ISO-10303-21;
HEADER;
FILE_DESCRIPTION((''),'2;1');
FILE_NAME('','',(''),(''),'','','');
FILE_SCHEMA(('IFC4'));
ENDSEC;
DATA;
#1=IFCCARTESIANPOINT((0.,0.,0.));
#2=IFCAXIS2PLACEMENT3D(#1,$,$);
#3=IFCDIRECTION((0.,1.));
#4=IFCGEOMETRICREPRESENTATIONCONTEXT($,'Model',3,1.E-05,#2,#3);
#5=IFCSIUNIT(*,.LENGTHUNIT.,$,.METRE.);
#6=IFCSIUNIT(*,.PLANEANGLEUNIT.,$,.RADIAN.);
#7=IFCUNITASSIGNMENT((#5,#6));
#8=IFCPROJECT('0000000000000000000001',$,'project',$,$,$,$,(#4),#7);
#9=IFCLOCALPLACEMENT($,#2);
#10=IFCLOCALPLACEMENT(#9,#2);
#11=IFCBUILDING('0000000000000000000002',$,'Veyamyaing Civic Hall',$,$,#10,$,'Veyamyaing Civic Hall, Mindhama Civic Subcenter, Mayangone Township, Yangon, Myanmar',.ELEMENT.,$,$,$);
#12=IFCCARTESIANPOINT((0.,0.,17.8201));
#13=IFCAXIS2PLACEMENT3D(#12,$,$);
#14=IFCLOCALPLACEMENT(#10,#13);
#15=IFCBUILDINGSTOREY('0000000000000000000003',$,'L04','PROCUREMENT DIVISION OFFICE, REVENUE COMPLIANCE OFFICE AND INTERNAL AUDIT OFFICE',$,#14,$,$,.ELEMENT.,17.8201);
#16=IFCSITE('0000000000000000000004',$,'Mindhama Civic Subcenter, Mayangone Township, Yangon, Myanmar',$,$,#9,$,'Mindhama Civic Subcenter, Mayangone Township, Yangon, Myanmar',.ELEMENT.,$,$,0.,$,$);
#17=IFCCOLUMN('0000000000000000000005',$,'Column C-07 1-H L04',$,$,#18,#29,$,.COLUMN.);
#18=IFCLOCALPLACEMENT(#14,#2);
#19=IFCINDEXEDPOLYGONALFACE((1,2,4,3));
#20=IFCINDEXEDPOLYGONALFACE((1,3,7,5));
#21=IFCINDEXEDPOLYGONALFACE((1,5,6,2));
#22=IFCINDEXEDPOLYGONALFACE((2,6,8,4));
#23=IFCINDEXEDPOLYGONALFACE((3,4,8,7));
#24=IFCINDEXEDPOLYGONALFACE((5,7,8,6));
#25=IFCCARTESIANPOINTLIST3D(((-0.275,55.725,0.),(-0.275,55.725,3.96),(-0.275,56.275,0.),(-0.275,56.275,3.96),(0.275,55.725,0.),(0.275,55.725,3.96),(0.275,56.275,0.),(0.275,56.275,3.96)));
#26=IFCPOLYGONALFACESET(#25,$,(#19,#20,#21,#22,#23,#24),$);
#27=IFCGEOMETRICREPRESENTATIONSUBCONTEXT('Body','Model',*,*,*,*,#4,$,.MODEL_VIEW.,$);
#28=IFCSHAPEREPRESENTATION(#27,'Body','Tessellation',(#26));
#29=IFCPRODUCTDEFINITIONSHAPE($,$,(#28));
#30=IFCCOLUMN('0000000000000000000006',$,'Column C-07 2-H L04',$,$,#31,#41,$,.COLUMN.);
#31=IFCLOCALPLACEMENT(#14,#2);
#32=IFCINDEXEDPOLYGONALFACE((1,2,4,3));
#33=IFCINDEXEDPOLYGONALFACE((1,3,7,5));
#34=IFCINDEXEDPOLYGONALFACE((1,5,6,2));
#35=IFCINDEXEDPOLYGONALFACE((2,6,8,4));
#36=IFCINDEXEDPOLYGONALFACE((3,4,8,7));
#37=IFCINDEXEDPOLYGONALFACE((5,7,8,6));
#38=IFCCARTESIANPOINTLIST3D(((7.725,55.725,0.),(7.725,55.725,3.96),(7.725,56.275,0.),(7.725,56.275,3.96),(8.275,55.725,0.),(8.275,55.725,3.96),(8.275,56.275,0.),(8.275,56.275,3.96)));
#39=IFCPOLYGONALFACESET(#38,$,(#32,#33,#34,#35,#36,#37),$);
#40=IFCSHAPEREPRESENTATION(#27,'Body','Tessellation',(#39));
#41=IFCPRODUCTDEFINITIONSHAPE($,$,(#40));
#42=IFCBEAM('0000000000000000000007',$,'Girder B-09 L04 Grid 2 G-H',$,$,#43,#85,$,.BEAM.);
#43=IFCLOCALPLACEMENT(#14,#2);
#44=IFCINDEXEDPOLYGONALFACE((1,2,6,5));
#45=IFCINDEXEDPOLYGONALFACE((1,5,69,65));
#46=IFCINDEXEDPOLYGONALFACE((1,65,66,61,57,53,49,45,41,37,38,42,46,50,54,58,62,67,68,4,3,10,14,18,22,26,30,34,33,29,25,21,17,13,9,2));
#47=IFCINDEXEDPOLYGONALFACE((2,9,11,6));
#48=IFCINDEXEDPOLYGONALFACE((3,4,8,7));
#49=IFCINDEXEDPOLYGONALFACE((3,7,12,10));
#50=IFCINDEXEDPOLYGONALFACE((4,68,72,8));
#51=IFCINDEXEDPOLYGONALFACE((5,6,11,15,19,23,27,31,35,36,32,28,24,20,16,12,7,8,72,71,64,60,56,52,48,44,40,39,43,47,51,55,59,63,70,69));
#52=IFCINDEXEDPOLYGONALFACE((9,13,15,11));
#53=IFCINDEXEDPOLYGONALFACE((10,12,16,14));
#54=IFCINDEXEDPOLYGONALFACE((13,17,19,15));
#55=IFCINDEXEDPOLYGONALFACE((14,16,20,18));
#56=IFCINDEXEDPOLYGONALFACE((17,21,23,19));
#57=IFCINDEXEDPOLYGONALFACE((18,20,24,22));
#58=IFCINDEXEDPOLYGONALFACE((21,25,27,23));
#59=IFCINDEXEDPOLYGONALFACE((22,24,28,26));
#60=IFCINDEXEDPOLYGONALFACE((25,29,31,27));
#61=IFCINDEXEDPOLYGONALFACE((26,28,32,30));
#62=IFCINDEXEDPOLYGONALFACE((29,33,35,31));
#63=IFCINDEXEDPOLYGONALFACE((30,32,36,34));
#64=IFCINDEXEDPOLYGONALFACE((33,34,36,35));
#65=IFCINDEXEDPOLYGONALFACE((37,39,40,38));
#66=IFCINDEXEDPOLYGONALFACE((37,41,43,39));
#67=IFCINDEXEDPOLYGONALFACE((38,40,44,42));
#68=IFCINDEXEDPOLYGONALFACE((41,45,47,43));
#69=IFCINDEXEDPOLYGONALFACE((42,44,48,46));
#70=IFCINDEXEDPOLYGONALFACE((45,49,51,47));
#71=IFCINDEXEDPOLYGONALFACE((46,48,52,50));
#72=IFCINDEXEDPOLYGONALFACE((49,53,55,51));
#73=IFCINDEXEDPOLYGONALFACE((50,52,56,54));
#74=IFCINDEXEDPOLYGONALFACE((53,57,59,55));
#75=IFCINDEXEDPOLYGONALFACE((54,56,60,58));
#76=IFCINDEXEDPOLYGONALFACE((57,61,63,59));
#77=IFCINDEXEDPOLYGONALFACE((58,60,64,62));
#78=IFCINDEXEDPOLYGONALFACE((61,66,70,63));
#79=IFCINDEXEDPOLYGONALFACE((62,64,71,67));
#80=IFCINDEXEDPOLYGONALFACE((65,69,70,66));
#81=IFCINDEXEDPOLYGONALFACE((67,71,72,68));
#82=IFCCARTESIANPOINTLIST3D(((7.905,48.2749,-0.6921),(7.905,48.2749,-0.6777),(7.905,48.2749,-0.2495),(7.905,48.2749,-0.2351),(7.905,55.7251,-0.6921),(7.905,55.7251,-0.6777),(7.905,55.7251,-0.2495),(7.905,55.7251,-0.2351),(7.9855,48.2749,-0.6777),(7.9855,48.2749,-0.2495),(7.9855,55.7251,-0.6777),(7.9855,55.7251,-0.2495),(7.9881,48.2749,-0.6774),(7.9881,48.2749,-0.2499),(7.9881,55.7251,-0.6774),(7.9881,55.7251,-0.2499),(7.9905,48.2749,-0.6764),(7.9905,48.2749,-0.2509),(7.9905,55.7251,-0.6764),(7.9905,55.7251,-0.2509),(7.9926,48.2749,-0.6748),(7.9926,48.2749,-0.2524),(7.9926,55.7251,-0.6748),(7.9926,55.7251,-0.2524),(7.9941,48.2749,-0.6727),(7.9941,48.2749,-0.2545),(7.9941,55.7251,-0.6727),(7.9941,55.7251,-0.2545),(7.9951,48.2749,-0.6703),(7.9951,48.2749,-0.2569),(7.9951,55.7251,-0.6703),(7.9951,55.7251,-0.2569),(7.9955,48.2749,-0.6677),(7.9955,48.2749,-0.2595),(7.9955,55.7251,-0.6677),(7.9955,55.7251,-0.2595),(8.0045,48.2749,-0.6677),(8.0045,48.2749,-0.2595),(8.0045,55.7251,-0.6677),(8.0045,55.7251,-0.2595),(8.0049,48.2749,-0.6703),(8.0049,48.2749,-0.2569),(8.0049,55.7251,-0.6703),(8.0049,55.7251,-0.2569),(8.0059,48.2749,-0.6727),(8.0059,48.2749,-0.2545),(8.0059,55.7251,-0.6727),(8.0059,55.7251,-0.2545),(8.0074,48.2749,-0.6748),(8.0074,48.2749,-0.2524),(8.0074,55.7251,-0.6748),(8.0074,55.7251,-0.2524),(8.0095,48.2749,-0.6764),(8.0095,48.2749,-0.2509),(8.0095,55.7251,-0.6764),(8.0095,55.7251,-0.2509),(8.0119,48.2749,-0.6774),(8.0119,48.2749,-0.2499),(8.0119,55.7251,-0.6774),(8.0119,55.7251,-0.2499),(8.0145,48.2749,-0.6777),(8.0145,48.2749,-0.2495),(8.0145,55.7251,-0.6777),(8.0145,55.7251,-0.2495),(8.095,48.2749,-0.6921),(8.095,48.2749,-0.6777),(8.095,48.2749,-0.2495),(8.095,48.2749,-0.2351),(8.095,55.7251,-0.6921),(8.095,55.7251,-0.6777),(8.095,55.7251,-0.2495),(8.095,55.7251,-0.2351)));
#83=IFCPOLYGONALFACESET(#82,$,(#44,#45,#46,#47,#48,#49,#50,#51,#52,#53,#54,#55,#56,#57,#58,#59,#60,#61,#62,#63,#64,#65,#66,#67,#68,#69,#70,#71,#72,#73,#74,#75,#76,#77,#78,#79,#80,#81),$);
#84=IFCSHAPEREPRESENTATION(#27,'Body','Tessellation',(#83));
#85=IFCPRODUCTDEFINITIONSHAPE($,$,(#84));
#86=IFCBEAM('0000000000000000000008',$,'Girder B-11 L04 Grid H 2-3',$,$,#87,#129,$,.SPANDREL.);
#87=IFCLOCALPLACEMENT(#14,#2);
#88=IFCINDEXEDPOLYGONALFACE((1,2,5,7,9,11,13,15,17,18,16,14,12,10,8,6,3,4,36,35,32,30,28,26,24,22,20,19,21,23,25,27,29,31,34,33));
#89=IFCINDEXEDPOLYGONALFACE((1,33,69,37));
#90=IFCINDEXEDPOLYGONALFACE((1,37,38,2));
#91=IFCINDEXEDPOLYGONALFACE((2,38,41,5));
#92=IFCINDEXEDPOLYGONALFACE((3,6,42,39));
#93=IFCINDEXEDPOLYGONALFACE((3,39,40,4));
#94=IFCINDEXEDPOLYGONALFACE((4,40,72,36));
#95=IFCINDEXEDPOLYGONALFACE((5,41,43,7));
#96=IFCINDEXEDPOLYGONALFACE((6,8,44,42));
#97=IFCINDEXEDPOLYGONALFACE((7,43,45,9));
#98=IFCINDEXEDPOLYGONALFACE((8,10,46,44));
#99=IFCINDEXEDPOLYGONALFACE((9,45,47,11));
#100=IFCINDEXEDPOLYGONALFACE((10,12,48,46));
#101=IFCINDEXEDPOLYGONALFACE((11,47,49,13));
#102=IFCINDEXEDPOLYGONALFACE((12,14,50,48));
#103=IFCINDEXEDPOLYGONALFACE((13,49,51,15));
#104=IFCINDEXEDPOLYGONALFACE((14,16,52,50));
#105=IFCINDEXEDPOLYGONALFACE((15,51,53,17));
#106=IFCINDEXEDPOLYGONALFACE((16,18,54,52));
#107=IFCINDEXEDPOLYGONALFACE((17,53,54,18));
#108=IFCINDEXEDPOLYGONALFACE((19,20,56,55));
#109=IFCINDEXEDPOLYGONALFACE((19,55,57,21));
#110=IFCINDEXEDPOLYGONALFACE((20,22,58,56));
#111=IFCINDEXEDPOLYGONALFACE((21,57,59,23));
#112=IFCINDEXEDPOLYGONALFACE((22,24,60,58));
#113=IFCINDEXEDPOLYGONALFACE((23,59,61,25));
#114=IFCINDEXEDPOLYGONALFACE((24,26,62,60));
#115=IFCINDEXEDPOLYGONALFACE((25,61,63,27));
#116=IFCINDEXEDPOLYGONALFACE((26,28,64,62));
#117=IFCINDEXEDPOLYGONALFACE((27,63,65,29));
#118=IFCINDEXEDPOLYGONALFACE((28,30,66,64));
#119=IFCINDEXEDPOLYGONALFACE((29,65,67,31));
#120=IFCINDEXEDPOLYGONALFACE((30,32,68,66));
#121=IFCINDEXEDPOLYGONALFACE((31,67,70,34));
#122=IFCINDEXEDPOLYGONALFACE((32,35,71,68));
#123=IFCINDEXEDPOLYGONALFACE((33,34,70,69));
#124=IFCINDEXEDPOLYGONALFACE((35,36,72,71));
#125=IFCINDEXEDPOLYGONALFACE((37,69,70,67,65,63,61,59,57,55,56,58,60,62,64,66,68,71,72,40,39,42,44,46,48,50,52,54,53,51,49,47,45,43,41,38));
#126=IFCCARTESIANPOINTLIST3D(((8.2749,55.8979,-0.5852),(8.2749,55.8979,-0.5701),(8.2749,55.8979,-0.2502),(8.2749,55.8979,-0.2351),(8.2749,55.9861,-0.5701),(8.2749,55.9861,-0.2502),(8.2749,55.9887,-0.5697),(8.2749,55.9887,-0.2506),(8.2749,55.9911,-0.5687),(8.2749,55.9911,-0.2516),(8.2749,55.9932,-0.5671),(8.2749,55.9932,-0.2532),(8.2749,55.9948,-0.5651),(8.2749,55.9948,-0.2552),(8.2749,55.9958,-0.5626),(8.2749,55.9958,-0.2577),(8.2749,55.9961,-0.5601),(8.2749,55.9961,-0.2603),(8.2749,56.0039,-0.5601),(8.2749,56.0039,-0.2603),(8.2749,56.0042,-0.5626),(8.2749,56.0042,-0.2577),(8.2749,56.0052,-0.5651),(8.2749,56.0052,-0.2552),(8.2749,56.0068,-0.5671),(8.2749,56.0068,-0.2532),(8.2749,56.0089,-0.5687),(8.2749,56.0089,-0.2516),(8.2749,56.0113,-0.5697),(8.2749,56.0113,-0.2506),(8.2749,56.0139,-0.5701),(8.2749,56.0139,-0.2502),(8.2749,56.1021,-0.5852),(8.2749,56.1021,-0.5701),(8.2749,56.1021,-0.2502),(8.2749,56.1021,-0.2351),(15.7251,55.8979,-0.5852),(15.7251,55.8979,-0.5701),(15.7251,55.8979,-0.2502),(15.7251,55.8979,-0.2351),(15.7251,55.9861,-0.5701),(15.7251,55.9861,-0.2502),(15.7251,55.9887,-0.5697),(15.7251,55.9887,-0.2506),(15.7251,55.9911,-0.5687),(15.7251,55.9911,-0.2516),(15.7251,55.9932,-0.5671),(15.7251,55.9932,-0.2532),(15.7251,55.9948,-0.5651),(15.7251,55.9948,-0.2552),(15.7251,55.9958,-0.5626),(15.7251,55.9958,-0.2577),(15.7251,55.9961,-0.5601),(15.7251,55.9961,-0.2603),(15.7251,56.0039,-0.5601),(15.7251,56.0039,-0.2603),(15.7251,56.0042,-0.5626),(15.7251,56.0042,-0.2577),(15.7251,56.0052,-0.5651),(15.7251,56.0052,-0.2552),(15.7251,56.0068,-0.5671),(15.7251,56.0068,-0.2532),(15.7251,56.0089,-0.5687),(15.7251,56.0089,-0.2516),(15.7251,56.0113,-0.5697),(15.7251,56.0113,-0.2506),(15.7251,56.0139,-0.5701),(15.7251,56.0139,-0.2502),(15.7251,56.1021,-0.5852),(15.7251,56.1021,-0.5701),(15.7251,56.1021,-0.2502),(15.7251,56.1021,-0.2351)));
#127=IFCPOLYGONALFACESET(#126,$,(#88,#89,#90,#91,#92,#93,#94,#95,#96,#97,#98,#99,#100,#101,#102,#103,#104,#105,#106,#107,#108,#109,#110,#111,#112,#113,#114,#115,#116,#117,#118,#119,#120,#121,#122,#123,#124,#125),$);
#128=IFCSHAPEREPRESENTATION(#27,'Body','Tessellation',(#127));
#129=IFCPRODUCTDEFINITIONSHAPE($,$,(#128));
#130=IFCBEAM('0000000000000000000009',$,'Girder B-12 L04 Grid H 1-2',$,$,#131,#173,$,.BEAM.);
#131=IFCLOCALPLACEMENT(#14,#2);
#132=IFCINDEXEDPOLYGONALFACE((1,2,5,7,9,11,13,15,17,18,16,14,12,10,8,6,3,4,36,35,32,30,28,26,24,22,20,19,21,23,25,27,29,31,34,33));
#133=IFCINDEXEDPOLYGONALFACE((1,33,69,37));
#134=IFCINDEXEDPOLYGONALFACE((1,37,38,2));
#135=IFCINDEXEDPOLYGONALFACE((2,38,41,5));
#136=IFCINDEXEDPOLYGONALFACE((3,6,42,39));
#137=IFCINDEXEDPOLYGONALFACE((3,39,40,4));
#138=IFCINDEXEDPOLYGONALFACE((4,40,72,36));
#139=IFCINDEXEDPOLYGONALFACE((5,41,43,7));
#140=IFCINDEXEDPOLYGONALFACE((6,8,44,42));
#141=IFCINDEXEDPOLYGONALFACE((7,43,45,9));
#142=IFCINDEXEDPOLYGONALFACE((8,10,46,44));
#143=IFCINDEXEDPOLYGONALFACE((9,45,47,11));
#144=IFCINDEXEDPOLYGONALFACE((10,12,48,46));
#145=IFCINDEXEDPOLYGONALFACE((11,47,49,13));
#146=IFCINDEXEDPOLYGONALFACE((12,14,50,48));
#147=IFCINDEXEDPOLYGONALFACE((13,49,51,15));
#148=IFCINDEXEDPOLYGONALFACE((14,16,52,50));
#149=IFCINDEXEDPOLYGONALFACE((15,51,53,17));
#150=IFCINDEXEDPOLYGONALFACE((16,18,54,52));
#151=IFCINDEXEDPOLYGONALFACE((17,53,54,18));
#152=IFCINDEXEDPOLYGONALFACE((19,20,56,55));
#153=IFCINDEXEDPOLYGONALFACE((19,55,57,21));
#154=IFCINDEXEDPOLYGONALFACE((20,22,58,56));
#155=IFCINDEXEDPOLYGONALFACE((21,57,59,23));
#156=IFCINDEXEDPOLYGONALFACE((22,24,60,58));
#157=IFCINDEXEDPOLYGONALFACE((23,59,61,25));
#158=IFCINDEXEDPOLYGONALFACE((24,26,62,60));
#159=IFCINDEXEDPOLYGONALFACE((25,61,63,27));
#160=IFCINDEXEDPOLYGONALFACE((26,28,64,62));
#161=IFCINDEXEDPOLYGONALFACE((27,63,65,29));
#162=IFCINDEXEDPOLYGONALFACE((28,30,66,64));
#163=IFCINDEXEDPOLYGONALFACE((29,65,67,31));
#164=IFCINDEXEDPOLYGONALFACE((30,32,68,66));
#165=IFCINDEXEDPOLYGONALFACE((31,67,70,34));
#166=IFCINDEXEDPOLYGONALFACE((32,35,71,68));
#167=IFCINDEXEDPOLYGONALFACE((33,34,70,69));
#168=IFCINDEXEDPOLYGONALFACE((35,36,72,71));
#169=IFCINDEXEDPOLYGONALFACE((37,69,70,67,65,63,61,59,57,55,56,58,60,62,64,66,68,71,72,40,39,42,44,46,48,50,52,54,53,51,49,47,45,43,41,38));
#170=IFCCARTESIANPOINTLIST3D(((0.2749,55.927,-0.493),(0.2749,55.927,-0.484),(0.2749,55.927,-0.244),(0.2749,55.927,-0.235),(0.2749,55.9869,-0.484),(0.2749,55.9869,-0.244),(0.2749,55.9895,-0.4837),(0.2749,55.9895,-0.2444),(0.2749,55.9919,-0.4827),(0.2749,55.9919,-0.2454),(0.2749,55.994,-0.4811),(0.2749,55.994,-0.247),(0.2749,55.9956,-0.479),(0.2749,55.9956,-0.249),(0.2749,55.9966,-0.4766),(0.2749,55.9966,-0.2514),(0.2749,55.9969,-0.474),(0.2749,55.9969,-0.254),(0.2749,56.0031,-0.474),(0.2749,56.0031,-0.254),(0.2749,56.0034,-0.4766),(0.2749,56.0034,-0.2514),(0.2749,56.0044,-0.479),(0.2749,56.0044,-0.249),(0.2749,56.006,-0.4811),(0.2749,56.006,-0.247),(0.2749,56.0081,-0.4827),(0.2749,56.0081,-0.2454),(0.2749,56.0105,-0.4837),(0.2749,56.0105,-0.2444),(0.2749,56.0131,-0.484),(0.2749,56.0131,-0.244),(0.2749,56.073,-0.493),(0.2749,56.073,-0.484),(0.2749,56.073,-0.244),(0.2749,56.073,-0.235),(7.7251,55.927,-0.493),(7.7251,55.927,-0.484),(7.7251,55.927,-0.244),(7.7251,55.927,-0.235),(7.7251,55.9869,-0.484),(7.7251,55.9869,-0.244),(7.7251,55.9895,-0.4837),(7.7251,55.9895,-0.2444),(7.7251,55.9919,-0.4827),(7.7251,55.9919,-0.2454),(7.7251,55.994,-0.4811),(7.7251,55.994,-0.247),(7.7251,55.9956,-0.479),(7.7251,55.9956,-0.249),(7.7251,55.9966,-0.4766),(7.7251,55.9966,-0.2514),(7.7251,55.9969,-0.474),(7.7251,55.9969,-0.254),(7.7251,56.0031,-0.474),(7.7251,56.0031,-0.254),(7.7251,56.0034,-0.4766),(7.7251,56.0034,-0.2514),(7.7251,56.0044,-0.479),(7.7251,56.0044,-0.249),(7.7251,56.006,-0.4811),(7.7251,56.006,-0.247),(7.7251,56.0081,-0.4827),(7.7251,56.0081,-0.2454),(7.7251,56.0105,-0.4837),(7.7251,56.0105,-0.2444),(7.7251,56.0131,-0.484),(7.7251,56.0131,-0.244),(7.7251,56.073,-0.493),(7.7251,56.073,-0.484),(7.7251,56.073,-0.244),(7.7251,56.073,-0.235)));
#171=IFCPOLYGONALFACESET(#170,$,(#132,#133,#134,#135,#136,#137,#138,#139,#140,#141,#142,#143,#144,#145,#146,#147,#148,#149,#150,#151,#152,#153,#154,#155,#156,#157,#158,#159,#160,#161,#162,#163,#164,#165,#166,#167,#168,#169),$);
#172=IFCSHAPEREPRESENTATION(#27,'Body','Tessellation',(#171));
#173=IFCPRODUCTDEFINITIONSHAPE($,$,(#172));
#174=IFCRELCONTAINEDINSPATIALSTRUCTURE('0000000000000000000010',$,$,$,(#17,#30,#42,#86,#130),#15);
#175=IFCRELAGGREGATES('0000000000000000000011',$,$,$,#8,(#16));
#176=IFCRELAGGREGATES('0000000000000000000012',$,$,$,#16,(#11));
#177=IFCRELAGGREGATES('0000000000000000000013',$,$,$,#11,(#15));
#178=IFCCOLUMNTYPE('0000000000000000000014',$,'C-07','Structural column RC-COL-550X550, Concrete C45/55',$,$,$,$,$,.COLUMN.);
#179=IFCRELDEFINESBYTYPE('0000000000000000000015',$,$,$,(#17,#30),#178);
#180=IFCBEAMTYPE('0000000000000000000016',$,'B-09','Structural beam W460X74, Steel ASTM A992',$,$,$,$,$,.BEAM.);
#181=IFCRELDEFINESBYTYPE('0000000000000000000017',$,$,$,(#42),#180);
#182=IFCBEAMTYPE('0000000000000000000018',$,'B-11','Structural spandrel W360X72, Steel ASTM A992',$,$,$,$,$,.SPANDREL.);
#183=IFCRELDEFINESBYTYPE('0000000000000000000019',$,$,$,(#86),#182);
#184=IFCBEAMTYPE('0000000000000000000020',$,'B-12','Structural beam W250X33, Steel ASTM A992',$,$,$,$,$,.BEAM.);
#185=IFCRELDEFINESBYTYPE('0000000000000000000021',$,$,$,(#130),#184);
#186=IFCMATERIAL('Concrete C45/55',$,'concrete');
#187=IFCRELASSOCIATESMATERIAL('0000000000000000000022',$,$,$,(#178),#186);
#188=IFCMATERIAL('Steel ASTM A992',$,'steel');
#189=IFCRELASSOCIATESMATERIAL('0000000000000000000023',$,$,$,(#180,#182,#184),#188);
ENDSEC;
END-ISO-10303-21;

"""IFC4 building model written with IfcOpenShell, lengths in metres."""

from ifc_helpers import new_model, si_unit, direction, frame, origin, origin_2d, place, context, subcontext, project, spatial, rectangle, i_section, extrude, material, material_profile, profile_set, type_object, element, save


model = new_model("IFC4")

# Units and contexts
model_context = context("Model", 3, precision=1e-05, world=origin(), true_north=direction((0.0, 1.0)))
body_context = subcontext(model_context, "Body", "Model", "MODEL_VIEW")
ifc_project = project(units=[si_unit("LENGTHUNIT", "METRE"), si_unit("PLANEANGLEUNIT", "RADIAN")], contexts=[model_context])

# Site, building, storey
site_placement = place(None, origin())
site = spatial("IfcSite", under=ifc_project, at=site_placement, Name="Mindhama Civic Subcenter, Mayangone Township, Yangon, Myanmar", LongName="Mindhama Civic Subcenter, Mayangone Township, Yangon, Myanmar", CompositionType="ELEMENT", RefElevation=0.0)
building_placement = place(site_placement, origin())
building = spatial("IfcBuilding", under=site, at=building_placement, Name="Veyamyaing Civic Hall", LongName="Veyamyaing Civic Hall, Mindhama Civic Subcenter, Mayangone Township, Yangon, Myanmar", CompositionType="ELEMENT")
storey_placement = place(building_placement, frame((0.0, 0.0, 17.8201)))
storey = spatial("IfcBuildingStorey", under=building, at=storey_placement, Name="L04", Description="PROCUREMENT DIVISION OFFICE, REVENUE COMPLIANCE OFFICE AND INTERNAL AUDIT OFFICE", CompositionType="ELEMENT", Elevation=17.8201)

# Columns
ifc_material_1 = material(Name="Concrete C45/55", Category="concrete")
ifc_material_profile_1 = material_profile(ifc_material_1, rectangle(XDim=0.55, YDim=0.55, at=origin_2d()), Name="RC-COL-550X550")
ifc_profile_set_1 = profile_set([ifc_material_profile_1], Name="Concrete C45/55")
column_type = type_object("IfcColumnType", Name="C-07", Description="Structural column RC-COL-550X550, Concrete C45/55", PredefinedType="COLUMN", material=ifc_profile_set_1)
for number, where, z_axis, x_axis, name in (
    (1, (0.0, 56.0, 0.0), (0.0, 0.0, 1.0), (1.0, 0.0, 0.0), "Column C-07 1-H L04"),
    (2, (8.0, 56.0, 0.0), (0.0, 0.0, 1.0), (1.0, 0.0, 0.0), "Column C-07 2-H L04"),
):
    element("IfcColumn", number, at=place(storey_placement, frame(where, z_axis=z_axis, x_axis=x_axis)), inside=storey, type_object=column_type, Name=name, PredefinedType="COLUMN", context=body_context, shape_type="SweptSolid", body=[
        extrude(rectangle(XDim=0.55, YDim=0.55, at=origin_2d()), origin(), (0.0, 0.0, 1.0), 3.96),
    ])

# Beams
ifc_material_2 = material(Name="Steel ASTM A992", Category="steel")
ifc_material_profile_2 = material_profile(ifc_material_2, i_section(OverallWidth=0.1899, OverallDepth=0.457, WebThickness=0.009, FlangeThickness=0.0144, FilletRadius=0.01, at=origin_2d()), Name="W460X74")
ifc_profile_set_2 = profile_set([ifc_material_profile_2], Name="Steel ASTM A992")
beam_type_1 = type_object("IfcBeamType", Name="B-09", Description="Structural beam W460X74, Steel ASTM A992", PredefinedType="BEAM", material=ifc_profile_set_2)
beam_1_placement = place(storey_placement, frame((8.0, 48.2749, -0.4636), z_axis=(0.0, 1.0, 0.0), x_axis=(-1.0, 0.0, 0.0)))
element("IfcBeam", 3, at=beam_1_placement, inside=storey, type_object=beam_type_1, Name="Girder B-09 L04 Grid 2 G-H", PredefinedType="BEAM", context=body_context, shape_type="SweptSolid", body=[
    extrude(i_section(OverallWidth=0.1899, OverallDepth=0.457, WebThickness=0.009, FlangeThickness=0.0144, FilletRadius=0.01, at=origin_2d()), origin(), (0.0, 0.0, 1.0), 7.4502),
])
ifc_material_profile_3 = material_profile(ifc_material_2, i_section(OverallWidth=0.2041, OverallDepth=0.3501, WebThickness=0.0078, FlangeThickness=0.0151, FilletRadius=0.01, at=origin_2d()), Name="W360X72")
ifc_profile_set_3 = profile_set([ifc_material_profile_3], Name="Steel ASTM A992")
beam_type_2 = type_object("IfcBeamType", Name="B-11", Description="Structural spandrel W360X72, Steel ASTM A992", PredefinedType="SPANDREL", material=ifc_profile_set_3)
beam_2_placement = place(storey_placement, frame((8.2749, 56.0, -0.4102), z_axis=(1.0, 0.0, 0.0), x_axis=(0.0, 1.0, 0.0)))
element("IfcBeam", 4, at=beam_2_placement, inside=storey, type_object=beam_type_2, Name="Girder B-11 L04 Grid H 2-3", PredefinedType="SPANDREL", context=body_context, shape_type="SweptSolid", body=[
    extrude(i_section(OverallWidth=0.2041, OverallDepth=0.3501, WebThickness=0.0078, FlangeThickness=0.0151, FilletRadius=0.01, at=origin_2d()), origin(), (0.0, 0.0, 1.0), 7.4502),
])
ifc_material_profile_4 = material_profile(ifc_material_2, i_section(OverallWidth=0.146, OverallDepth=0.2581, WebThickness=0.0061, FlangeThickness=0.009, FilletRadius=0.01, at=origin_2d()), Name="W250X33")
ifc_profile_set_4 = profile_set([ifc_material_profile_4], Name="Steel ASTM A992")
beam_type_3 = type_object("IfcBeamType", Name="B-12", Description="Structural beam W250X33, Steel ASTM A992", PredefinedType="BEAM", material=ifc_profile_set_4)
beam_3_placement = place(storey_placement, frame((0.2749, 56.0, -0.364), z_axis=(1.0, 0.0, 0.0), x_axis=(0.0, 1.0, 0.0)))
element("IfcBeam", 5, at=beam_3_placement, inside=storey, type_object=beam_type_3, Name="Girder B-12 L04 Grid H 1-2", PredefinedType="BEAM", context=body_context, shape_type="SweptSolid", body=[
    extrude(i_section(OverallWidth=0.146, OverallDepth=0.2581, WebThickness=0.0061, FlangeThickness=0.009, FilletRadius=0.01, at=origin_2d()), origin(), (0.0, 0.0, 1.0), 7.4502),
])

save(model, "model.ifc")
